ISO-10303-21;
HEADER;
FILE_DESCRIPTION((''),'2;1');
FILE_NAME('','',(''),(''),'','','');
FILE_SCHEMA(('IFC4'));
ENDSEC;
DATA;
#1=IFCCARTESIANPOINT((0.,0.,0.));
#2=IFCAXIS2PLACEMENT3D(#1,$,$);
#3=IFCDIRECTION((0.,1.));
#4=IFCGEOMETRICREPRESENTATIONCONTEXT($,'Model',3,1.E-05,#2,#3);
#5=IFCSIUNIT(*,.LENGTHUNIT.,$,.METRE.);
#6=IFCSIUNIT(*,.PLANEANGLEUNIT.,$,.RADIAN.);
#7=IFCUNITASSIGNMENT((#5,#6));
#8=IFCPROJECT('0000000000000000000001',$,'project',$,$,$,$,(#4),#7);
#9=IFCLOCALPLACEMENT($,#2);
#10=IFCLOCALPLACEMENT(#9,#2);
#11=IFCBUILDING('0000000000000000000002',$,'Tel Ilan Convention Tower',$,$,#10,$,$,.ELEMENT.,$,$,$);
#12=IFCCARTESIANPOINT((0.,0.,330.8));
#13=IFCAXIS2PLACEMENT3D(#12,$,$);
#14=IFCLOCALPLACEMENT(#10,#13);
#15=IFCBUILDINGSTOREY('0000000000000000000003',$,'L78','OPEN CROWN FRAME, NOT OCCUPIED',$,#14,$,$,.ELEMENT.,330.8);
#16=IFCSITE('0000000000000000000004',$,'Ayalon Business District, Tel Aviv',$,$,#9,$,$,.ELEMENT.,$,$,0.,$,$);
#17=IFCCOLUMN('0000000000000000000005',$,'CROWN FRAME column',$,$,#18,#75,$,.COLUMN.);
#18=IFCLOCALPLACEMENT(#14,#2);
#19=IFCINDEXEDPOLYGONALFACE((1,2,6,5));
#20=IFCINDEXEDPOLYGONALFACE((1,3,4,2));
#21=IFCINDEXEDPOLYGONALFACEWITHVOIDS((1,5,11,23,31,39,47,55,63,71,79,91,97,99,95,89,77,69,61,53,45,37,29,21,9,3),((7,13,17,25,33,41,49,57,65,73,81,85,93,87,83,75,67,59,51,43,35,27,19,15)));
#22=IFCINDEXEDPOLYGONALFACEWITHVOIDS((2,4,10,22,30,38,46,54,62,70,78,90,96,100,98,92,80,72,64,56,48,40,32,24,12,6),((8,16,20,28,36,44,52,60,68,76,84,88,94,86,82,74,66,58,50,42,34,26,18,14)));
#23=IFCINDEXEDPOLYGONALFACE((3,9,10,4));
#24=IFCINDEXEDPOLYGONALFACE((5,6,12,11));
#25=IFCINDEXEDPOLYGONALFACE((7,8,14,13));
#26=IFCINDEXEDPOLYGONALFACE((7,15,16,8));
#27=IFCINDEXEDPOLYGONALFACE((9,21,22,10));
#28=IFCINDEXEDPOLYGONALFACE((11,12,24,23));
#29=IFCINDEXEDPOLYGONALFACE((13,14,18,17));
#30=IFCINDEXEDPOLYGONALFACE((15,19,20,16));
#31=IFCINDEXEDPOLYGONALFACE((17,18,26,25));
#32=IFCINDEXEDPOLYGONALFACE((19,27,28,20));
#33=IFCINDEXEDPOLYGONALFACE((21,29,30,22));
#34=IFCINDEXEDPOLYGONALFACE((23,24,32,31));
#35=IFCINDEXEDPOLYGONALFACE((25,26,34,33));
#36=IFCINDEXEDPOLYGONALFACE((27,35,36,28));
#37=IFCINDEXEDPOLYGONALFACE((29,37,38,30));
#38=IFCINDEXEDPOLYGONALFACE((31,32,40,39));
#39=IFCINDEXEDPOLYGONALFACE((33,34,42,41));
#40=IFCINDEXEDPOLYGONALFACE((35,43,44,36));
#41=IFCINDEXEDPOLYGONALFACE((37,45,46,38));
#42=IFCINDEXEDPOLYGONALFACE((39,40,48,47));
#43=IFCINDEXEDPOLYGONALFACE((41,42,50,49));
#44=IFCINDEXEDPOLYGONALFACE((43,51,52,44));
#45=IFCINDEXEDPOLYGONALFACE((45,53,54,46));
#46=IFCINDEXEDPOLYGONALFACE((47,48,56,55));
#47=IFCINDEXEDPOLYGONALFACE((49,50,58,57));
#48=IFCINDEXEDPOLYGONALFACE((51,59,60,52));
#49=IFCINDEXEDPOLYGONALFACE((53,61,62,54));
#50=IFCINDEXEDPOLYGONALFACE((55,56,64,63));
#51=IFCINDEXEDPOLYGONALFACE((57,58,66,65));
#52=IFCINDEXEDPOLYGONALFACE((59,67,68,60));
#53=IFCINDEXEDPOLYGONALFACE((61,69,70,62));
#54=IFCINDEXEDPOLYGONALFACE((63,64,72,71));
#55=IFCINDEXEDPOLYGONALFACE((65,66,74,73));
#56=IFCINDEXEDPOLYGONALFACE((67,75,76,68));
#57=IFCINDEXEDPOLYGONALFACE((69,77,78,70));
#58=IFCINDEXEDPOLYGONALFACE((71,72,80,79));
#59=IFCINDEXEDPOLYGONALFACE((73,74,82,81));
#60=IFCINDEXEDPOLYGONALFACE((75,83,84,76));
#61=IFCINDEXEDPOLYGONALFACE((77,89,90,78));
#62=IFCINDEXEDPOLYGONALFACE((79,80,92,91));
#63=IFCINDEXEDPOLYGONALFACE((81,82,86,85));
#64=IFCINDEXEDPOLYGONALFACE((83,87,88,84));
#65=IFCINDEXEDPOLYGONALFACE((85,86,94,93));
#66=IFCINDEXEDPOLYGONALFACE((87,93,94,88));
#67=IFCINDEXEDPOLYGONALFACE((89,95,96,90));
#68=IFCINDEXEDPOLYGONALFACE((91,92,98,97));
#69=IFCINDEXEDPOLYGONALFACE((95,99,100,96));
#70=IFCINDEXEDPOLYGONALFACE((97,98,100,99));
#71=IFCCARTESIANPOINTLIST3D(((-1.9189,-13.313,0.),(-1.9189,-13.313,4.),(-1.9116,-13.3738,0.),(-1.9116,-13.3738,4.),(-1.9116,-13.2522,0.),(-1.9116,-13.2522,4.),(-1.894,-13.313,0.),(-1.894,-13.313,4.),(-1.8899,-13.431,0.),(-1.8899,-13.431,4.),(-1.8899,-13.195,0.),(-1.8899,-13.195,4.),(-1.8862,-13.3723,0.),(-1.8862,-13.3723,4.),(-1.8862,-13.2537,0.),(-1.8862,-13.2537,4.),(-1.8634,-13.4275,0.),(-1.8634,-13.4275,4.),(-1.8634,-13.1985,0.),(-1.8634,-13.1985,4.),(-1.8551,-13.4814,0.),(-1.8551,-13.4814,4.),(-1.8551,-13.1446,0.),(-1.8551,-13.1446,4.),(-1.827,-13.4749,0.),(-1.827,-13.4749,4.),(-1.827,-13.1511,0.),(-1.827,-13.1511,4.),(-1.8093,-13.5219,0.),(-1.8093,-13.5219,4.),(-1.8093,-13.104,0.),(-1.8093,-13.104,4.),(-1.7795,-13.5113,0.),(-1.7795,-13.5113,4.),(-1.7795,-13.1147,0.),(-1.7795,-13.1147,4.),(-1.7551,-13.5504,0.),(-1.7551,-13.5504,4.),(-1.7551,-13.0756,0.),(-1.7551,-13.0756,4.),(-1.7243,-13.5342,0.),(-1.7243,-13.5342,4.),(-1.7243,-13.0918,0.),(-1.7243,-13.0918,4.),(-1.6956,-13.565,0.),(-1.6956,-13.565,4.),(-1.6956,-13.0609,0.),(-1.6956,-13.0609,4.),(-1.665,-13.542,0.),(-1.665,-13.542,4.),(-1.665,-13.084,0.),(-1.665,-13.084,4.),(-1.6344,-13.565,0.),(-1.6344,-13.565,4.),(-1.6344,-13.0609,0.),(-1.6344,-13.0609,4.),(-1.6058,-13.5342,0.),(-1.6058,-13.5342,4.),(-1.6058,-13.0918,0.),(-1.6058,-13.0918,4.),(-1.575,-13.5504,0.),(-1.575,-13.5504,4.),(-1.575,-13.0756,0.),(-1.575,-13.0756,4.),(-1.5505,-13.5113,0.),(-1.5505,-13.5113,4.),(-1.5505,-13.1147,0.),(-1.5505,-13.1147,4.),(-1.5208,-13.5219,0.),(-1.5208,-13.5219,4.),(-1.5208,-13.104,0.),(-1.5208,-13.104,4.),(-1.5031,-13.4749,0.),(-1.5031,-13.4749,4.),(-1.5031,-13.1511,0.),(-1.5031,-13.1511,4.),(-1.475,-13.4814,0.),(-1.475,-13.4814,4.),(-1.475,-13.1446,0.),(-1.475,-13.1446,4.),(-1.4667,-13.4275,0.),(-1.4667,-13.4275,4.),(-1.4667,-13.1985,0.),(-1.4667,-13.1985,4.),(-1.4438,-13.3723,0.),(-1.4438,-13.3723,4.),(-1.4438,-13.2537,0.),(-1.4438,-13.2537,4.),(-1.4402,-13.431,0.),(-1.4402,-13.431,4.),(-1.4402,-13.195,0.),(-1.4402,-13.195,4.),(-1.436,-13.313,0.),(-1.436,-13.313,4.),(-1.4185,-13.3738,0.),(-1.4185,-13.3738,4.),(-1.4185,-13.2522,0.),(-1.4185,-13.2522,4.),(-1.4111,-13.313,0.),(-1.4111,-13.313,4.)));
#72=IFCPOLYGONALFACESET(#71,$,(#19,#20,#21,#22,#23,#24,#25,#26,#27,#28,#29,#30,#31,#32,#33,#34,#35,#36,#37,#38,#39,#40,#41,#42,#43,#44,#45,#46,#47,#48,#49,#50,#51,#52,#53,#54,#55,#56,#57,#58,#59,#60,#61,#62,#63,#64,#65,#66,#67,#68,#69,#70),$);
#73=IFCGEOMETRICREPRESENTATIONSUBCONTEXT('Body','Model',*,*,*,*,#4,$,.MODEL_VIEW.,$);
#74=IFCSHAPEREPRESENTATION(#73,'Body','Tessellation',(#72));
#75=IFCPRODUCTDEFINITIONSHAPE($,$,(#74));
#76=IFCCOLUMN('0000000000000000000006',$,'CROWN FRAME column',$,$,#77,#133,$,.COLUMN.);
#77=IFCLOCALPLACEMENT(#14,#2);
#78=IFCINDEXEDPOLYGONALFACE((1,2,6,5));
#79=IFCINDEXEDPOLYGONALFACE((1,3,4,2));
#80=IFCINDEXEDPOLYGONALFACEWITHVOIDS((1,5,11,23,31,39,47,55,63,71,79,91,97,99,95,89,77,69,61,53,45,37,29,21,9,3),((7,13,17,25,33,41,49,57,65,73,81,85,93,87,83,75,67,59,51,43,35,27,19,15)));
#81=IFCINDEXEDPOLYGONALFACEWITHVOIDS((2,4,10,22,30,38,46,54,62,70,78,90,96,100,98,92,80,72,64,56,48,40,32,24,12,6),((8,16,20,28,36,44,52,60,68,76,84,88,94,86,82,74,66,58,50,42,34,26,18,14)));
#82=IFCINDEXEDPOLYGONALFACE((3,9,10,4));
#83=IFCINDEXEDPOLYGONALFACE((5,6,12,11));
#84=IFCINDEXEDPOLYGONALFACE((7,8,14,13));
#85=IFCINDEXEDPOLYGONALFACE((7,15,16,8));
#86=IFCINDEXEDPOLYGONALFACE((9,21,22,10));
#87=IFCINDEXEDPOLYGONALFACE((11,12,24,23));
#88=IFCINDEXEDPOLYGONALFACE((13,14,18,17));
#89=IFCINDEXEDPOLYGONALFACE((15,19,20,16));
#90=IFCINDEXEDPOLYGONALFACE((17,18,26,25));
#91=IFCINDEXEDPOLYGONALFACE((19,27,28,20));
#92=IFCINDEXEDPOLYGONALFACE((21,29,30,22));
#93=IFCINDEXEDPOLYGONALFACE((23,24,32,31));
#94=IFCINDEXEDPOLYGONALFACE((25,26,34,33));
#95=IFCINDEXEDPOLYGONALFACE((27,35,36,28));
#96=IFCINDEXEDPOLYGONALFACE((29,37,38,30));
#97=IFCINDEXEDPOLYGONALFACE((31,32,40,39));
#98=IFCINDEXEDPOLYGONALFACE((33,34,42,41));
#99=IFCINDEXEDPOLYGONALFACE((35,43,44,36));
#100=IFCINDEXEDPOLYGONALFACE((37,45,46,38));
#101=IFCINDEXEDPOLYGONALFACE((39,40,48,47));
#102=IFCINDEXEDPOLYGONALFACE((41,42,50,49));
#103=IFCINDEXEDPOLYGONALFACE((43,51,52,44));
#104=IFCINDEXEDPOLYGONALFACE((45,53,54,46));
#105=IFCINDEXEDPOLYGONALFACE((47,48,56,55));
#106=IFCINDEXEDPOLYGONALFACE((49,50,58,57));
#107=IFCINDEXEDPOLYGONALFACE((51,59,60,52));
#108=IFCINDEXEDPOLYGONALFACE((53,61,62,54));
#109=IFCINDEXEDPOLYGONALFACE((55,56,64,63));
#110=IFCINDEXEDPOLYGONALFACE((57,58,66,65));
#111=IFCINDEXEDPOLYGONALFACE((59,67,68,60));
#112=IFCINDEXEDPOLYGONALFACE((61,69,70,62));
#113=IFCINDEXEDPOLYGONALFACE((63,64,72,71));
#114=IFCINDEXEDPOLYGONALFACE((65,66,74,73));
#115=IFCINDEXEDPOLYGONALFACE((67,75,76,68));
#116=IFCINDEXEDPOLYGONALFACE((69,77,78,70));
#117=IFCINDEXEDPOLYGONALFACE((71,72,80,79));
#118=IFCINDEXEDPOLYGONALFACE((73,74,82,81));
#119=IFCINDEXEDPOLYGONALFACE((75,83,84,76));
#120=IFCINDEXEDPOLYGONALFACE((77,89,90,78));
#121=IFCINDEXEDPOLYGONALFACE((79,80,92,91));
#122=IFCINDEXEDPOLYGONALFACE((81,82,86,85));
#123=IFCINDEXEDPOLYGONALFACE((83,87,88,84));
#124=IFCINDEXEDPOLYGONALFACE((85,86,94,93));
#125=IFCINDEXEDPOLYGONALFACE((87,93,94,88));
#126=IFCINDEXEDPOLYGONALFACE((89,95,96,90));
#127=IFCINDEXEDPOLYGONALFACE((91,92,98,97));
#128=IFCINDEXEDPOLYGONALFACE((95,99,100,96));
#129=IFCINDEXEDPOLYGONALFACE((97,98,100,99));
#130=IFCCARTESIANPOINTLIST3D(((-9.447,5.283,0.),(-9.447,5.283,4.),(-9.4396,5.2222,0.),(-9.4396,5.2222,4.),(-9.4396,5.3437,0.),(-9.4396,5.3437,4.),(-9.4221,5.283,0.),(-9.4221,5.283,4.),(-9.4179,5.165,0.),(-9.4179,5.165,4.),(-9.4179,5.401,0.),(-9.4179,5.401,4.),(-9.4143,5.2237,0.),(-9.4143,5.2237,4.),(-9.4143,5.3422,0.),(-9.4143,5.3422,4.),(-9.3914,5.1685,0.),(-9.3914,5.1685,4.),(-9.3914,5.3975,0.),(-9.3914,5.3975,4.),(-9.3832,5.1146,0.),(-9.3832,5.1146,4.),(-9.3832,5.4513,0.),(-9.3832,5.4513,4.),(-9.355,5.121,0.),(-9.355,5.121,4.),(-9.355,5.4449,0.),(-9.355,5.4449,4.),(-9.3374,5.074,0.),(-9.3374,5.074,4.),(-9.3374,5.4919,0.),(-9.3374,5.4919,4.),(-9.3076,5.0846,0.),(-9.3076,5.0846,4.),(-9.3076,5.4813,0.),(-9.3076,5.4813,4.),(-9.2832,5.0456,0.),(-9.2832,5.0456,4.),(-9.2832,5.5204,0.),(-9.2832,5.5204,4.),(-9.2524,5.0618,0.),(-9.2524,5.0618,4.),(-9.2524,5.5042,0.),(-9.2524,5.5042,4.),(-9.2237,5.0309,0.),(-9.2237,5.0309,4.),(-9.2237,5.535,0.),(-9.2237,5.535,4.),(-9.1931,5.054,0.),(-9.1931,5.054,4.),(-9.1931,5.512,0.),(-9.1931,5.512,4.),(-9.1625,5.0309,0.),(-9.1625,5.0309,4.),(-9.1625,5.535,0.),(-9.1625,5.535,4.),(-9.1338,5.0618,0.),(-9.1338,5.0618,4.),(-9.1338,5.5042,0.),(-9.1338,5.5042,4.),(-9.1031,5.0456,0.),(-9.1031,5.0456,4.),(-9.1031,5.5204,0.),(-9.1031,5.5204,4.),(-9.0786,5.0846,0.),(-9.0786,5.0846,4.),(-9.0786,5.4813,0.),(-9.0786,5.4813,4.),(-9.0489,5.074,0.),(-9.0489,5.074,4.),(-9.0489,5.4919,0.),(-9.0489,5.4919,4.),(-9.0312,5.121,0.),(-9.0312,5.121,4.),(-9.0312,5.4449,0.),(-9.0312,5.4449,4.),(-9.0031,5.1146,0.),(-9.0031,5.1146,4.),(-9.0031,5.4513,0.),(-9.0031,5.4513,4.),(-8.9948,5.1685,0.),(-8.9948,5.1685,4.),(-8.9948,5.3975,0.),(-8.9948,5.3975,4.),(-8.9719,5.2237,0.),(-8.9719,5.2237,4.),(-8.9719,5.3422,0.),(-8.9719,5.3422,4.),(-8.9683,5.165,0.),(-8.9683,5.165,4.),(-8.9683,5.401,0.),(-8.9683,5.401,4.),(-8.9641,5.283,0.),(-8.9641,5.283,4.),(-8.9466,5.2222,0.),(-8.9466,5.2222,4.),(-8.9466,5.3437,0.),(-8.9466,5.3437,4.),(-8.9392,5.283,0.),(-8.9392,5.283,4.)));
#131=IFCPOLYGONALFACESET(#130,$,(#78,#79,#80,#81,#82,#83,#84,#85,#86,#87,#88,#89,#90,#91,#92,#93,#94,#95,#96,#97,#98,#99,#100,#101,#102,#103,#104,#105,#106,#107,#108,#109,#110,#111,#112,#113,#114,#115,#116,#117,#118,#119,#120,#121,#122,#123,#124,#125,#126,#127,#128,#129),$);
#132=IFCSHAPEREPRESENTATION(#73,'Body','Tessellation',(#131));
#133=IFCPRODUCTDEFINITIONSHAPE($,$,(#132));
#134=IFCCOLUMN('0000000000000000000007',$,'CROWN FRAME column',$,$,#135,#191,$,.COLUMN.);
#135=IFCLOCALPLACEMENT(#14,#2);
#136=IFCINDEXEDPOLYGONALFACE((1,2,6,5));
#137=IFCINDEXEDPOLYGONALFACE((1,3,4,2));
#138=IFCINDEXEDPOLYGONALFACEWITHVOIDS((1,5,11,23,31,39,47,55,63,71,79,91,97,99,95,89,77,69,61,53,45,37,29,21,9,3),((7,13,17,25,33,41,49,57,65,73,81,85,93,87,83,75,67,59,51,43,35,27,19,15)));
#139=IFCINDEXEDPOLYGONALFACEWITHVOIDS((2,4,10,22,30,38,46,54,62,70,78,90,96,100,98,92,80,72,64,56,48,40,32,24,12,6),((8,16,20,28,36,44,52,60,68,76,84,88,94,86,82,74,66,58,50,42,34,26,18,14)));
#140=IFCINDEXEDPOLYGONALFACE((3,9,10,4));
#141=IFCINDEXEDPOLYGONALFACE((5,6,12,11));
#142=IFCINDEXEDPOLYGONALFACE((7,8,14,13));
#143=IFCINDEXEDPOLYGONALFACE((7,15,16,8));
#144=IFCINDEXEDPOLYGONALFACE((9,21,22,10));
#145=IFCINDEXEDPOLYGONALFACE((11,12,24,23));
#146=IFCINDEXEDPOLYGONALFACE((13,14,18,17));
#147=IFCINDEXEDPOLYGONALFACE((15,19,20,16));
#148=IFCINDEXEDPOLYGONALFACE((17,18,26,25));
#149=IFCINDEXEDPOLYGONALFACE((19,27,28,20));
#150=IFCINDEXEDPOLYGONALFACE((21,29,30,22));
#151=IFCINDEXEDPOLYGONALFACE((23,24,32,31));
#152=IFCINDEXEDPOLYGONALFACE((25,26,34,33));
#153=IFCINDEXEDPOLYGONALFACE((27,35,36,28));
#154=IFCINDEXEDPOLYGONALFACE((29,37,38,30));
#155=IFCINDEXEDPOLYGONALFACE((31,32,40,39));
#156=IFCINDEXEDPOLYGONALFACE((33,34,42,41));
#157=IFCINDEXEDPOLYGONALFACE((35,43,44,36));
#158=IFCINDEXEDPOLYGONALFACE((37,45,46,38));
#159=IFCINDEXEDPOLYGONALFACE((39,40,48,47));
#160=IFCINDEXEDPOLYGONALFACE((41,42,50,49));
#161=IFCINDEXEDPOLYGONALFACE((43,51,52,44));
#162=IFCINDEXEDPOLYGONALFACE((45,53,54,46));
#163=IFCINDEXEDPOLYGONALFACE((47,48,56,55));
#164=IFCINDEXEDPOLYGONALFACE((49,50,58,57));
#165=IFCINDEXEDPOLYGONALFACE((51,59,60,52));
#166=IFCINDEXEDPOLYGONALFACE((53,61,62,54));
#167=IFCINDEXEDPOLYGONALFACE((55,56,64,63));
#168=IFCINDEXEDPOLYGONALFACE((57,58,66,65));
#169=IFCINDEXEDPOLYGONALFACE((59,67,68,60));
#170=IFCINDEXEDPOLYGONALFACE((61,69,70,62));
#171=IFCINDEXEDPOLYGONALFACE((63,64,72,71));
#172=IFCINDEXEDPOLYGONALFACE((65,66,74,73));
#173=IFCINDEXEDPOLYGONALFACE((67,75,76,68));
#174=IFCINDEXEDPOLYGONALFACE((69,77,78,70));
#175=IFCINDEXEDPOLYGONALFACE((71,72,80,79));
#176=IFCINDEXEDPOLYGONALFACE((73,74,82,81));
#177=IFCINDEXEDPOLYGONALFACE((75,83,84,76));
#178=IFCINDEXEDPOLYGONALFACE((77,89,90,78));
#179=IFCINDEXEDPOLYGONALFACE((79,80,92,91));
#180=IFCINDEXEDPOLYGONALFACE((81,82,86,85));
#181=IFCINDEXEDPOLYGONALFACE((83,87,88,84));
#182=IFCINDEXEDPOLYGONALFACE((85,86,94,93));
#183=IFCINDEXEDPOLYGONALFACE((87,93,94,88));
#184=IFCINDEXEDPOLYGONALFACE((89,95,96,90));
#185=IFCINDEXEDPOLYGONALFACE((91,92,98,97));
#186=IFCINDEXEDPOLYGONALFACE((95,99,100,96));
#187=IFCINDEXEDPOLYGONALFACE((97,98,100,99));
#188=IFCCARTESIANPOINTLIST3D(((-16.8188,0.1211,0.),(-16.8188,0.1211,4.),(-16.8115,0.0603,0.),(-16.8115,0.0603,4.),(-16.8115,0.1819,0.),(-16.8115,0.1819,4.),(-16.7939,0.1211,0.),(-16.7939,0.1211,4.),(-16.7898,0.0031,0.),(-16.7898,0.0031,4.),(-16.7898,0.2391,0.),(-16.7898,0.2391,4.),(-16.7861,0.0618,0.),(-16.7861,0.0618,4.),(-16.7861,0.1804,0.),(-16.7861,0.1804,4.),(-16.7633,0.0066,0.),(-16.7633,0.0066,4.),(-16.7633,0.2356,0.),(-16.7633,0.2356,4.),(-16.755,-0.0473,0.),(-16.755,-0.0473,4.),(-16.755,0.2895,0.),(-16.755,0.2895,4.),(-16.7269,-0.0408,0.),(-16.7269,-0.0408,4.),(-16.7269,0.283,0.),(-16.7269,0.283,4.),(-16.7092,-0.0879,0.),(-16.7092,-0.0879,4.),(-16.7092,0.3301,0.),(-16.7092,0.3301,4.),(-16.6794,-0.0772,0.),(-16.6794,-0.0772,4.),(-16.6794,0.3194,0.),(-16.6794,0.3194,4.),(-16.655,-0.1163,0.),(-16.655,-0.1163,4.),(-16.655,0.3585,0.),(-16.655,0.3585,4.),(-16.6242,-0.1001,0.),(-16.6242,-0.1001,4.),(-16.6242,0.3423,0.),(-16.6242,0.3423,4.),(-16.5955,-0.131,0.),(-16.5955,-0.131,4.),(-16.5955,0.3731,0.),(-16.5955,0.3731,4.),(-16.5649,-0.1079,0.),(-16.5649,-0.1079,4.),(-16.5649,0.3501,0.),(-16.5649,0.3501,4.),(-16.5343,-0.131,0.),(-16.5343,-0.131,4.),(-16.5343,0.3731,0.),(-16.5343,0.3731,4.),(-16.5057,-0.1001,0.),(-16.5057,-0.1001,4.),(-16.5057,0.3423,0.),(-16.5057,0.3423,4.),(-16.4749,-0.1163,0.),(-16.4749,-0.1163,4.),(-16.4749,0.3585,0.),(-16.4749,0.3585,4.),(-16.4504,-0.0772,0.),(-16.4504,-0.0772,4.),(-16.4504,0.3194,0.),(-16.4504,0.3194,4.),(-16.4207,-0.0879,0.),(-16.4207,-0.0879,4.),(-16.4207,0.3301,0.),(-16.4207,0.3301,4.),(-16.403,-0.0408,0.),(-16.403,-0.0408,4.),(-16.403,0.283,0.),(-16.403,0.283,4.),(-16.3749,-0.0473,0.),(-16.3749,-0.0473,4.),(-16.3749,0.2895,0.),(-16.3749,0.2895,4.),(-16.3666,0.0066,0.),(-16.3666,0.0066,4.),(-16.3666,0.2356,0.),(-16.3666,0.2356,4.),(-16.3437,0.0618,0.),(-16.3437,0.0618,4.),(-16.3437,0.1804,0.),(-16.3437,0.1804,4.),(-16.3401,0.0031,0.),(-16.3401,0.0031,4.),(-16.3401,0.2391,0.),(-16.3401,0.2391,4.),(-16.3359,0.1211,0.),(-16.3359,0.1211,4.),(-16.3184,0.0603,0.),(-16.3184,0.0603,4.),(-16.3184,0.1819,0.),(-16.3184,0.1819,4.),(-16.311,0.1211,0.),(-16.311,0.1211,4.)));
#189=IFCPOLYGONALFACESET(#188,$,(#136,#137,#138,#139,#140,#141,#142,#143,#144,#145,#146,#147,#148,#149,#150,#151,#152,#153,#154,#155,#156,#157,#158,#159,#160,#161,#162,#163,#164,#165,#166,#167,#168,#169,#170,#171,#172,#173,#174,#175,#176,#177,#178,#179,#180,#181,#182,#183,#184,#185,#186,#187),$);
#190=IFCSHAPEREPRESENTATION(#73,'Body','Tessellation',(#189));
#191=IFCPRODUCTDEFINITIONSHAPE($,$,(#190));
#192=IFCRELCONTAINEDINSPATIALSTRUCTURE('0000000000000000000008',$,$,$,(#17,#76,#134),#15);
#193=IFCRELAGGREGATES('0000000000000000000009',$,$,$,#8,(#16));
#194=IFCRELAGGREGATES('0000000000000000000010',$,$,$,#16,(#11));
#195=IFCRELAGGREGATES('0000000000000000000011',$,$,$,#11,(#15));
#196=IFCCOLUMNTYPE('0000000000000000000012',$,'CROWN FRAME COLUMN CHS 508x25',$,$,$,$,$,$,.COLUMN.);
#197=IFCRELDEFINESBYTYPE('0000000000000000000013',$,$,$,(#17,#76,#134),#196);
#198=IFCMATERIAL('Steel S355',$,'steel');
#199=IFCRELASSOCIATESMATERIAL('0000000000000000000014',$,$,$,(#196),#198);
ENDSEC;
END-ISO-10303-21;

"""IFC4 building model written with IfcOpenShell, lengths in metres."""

from ifc_helpers import new_model, si_unit, direction, frame, origin, origin_2d, place, context, subcontext, project, spatial, hollow_circle, extrude, material, material_profile, profile_set, type_object, element, save


model = new_model("IFC4")

# Units and contexts
model_context = context("Model", 3, precision=1e-05, world=origin(), true_north=direction((0.0, 1.0)))
body_context = subcontext(model_context, "Body", "Model", "MODEL_VIEW")
ifc_project = project(units=[si_unit("LENGTHUNIT", "METRE"), si_unit("PLANEANGLEUNIT", "RADIAN")], contexts=[model_context])

# Site, building, storey
site_placement = place(None, origin())
site = spatial("IfcSite", under=ifc_project, at=site_placement, Name="Ayalon Business District, Tel Aviv", CompositionType="ELEMENT", RefElevation=0.0)
building_placement = place(site_placement, origin())
building = spatial("IfcBuilding", under=site, at=building_placement, Name="Tel Ilan Convention Tower", CompositionType="ELEMENT")
storey_placement = place(building_placement, frame((0.0, 0.0, 330.8)))
storey = spatial("IfcBuildingStorey", under=building, at=storey_placement, Name="L78", Description="OPEN CROWN FRAME, NOT OCCUPIED", CompositionType="ELEMENT", Elevation=330.8)

# Columns
ifc_material_1 = material(Name="Steel S355", Category="steel")
ifc_material_profile_1 = material_profile(ifc_material_1, hollow_circle(Radius=0.2539, WallThickness=0.0249, at=origin_2d()), Name="CHS 508x25")
ifc_profile_set_1 = profile_set([ifc_material_profile_1], Name="Steel S355")
column_type = type_object("IfcColumnType", Name="CROWN FRAME COLUMN CHS 508x25", PredefinedType="COLUMN", material=ifc_profile_set_1)
for number, where, z_axis, x_axis, name in (
    (1, (-1.665, -13.313, 0.0), (0.0, 0.0, 1.0), (1.0, 0.0, 0.0), "CROWN FRAME column"),
    (2, (-9.1931, 5.283, 0.0), (0.0, 0.0, 1.0), (1.0, 0.0, 0.0), "CROWN FRAME column"),
    (3, (-16.5649, 0.1211, 0.0), (0.0, 0.0, 1.0), (1.0, 0.0, 0.0), "CROWN FRAME column"),
):
    element("IfcColumn", number, at=place(storey_placement, frame(where, z_axis=z_axis, x_axis=x_axis)), inside=storey, type_object=column_type, Name=name, PredefinedType="COLUMN", context=body_context, shape_type="SweptSolid", body=[
        extrude(hollow_circle(Radius=0.2539, WallThickness=0.0249, at=origin_2d()), origin(), (0.0, 0.0, 1.0), 4.0),
    ])

save(model, "model.ifc")
